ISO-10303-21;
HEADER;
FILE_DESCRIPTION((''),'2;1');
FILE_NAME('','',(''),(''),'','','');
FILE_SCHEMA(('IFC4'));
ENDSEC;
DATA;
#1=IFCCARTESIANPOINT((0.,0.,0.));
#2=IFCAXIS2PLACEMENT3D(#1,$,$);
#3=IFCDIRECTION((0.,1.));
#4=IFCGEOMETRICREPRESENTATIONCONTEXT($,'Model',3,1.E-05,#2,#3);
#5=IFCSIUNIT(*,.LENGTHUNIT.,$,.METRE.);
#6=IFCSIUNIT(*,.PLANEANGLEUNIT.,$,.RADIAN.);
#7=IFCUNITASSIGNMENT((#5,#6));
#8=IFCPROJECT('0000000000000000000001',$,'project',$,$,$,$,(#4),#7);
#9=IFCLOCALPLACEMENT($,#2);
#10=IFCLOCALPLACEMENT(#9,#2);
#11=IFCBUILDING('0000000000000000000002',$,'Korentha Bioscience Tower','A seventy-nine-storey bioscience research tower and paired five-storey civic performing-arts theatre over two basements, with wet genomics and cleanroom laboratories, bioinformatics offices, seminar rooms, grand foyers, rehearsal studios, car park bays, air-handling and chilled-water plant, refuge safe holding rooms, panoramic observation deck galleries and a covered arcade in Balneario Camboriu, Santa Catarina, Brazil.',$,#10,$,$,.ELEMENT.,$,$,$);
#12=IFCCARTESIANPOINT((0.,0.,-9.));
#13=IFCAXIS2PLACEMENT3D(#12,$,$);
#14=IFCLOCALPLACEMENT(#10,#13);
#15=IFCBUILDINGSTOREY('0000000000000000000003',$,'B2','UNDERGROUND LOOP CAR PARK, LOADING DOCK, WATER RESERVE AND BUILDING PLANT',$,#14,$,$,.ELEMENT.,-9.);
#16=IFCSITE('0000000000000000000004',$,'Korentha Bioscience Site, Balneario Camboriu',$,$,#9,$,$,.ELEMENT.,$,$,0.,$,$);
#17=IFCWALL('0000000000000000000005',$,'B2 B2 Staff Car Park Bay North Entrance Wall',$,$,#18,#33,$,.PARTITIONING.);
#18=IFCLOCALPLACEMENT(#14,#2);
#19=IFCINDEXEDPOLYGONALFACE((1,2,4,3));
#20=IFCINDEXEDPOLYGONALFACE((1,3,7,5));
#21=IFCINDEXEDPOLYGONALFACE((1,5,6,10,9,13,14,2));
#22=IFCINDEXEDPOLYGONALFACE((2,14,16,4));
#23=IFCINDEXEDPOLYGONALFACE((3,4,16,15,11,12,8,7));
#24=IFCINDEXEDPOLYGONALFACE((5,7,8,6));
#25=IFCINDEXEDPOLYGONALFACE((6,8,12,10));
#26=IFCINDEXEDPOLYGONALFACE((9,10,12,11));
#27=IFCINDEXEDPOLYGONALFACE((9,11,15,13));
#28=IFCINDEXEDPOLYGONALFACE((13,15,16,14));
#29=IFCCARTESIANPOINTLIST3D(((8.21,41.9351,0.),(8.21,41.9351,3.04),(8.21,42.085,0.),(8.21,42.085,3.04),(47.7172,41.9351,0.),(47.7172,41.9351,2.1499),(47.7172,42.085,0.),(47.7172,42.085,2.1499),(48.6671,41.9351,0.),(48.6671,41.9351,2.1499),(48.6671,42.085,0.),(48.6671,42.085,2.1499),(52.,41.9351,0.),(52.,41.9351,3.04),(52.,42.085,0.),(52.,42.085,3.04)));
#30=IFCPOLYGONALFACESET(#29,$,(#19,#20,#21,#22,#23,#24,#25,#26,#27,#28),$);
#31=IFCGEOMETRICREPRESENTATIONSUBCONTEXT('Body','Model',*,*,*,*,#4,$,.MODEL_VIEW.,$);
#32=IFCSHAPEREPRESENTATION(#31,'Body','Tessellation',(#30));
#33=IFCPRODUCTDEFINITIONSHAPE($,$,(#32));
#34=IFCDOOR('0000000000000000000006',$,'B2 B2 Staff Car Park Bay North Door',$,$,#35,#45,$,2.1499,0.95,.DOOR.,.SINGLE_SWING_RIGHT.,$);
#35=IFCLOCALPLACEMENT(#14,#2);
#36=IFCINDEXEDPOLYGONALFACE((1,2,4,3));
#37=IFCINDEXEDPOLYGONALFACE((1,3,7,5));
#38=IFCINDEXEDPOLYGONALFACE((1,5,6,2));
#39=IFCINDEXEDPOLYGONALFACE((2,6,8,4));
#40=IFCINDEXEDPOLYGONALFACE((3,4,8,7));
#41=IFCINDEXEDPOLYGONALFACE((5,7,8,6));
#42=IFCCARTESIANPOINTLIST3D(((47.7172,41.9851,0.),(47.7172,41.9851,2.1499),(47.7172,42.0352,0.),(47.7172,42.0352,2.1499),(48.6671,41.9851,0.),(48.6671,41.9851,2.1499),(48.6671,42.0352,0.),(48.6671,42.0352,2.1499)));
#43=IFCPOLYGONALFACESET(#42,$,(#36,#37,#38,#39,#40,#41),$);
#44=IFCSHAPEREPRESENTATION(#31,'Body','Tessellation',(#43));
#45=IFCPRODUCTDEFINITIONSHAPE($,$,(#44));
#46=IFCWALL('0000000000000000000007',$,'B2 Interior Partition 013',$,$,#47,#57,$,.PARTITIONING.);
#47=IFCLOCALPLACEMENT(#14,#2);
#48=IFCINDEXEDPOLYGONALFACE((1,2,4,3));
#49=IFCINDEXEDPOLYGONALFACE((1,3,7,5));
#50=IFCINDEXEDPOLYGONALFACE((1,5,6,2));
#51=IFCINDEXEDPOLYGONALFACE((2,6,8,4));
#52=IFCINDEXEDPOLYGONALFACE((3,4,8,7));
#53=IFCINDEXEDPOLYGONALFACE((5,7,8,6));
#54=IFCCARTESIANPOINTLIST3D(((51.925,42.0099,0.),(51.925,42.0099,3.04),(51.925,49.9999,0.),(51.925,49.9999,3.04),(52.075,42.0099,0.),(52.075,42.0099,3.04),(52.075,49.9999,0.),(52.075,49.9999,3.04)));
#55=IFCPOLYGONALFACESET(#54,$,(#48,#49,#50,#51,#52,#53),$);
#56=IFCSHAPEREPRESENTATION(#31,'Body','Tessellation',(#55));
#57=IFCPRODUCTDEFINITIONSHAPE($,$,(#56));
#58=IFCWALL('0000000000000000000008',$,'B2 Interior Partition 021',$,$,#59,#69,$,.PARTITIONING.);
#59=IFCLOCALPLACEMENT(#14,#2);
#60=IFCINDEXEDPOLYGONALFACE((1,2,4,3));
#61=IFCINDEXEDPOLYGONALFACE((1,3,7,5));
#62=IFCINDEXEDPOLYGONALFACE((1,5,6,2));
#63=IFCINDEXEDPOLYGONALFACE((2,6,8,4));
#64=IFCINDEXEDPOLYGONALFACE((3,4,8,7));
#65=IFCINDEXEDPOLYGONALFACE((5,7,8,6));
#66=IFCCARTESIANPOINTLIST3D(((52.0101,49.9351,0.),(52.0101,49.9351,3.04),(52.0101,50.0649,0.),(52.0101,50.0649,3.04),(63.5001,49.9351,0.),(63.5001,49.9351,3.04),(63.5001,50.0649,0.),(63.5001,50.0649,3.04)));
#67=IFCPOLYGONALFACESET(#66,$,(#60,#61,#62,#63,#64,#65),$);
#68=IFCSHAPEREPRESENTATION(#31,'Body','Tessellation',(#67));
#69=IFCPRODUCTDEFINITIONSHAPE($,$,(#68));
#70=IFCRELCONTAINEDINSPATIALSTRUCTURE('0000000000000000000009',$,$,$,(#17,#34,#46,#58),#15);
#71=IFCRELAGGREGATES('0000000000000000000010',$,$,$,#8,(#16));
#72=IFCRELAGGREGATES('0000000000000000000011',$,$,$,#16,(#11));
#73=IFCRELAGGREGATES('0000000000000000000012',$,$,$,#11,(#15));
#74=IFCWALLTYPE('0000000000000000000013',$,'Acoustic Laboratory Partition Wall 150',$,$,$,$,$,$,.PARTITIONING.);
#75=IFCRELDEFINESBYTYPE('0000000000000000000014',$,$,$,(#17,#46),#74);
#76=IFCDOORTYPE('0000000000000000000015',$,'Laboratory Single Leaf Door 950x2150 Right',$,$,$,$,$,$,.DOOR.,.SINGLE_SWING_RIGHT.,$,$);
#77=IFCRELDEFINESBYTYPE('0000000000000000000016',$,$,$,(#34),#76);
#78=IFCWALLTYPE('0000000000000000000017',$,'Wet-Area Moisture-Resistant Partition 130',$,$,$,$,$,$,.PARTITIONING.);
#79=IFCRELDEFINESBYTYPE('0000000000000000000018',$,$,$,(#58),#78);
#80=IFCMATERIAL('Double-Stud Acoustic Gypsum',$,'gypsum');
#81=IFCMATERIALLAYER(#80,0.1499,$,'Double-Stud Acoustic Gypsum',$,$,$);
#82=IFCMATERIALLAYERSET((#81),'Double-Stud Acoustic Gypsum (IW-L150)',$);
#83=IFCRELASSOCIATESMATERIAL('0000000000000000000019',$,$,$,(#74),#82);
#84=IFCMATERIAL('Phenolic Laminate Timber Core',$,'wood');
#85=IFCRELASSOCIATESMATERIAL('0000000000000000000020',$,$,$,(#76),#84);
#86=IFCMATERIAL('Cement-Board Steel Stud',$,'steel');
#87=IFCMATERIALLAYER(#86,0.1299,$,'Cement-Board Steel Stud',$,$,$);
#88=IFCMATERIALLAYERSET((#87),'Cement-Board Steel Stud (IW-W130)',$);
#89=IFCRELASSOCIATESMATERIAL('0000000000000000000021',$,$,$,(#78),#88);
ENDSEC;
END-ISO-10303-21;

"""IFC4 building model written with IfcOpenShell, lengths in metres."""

from ifc_helpers import new_model, si_unit, direction, frame, frame_2d, origin, place, context, subcontext, project, spatial, rectangle, extrude, material, layer, layer_set, type_object, element, fill, save


model = new_model("IFC4")

# Units and contexts
model_context = context("Model", 3, precision=1e-05, world=origin(), true_north=direction((0.0, 1.0)))
body_context = subcontext(model_context, "Body", "Model", "MODEL_VIEW")
ifc_project = project(units=[si_unit("LENGTHUNIT", "METRE"), si_unit("PLANEANGLEUNIT", "RADIAN")], contexts=[model_context])

# Site, building, storey
site_placement = place(None, origin())
site = spatial("IfcSite", under=ifc_project, at=site_placement, Name="Korentha Bioscience Site, Balneario Camboriu", CompositionType="ELEMENT", RefElevation=0.0)
building_placement = place(site_placement, origin())
building = spatial("IfcBuilding", under=site, at=building_placement, Name="Korentha Bioscience Tower", Description="A seventy-nine-storey bioscience research tower and paired five-storey civic performing-arts theatre over two basements, with wet genomics and cleanroom laboratories, bioinformatics offices, seminar rooms, grand foyers, rehearsal studios, car park bays, air-handling and chilled-water plant, refuge safe holding rooms, panoramic observation deck galleries and a covered arcade in Balneario Camboriu, Santa Catarina, Brazil.", CompositionType="ELEMENT")
storey_placement = place(building_placement, frame((0.0, 0.0, -9.0)))
storey = spatial("IfcBuildingStorey", under=building, at=storey_placement, Name="B2", Description="UNDERGROUND LOOP CAR PARK, LOADING DOCK, WATER RESERVE AND BUILDING PLANT", CompositionType="ELEMENT", Elevation=-9.0)

# Wall, opening, door
ifc_material_1 = material(Name="Double-Stud Acoustic Gypsum", Category="gypsum")
ifc_layer_1 = layer(ifc_material_1, 0.1499, Name="Double-Stud Acoustic Gypsum")
ifc_layer_set_1 = layer_set([ifc_layer_1], Name="Double-Stud Acoustic Gypsum (IW-L150)")
wall_type_1 = type_object("IfcWallType", Name="Acoustic Laboratory Partition Wall 150", PredefinedType="PARTITIONING", material=ifc_layer_set_1)
wall_1_placement = place(storey_placement, frame((52.0, 42.01, 0.0), z_axis=(0.0, 0.0, 1.0), x_axis=(-1.0, 0.0, 0.0)))
wall_1 = element("IfcWall", 1, at=wall_1_placement, inside=storey, type_object=wall_type_1, Name="B2 B2 Staff Car Park Bay North Entrance Wall", PredefinedType="PARTITIONING", context=body_context, shape_type="SweptSolid", body=[
    extrude(rectangle(XDim=43.79, YDim=0.1499, at=frame_2d((21.895, 0.0))), origin(), (0.0, 0.0, 1.0), 3.04),
])
opening_placement = place(wall_1_placement, frame((3.3328, 0.0, 0.0)))
opening = element("IfcOpeningElement", 2, at=opening_placement, cuts=wall_1, PredefinedType="OPENING", context=body_context, shape_type="SweptSolid", body=[
    extrude(rectangle(XDim=0.95, YDim=2.1499, at=frame_2d((0.4751, 1.075))), frame((0.0, 0.0898, 0.0), z_axis=(0.0, -1.0, 0.0), x_axis=(1.0, 0.0, 0.0)), (0.0, 0.0, 1.0), 0.1797),
])
ifc_material_2 = material(Name="Phenolic Laminate Timber Core", Category="wood")
door_type = type_object("IfcDoorType", Name="Laboratory Single Leaf Door 950x2150 Right", OperationType="SINGLE_SWING_RIGHT", PredefinedType="DOOR", material=ifc_material_2)
door_placement = place(opening_placement, origin())
door = element("IfcDoor", 3, at=door_placement, inside=storey, type_object=door_type, Name="B2 B2 Staff Car Park Bay North Door", OperationType="SINGLE_SWING_RIGHT", OverallHeight=2.1499, OverallWidth=0.95, PredefinedType="DOOR", context=body_context, shape_type="SweptSolid", body=[
    extrude(rectangle(XDim=0.95, YDim=2.1499, at=frame_2d((0.4751, 1.075))), frame((0.0, 0.0249, 0.0), z_axis=(0.0, -1.0, 0.0), x_axis=(1.0, 0.0, 0.0)), (0.0, 0.0, 1.0), 0.05),
])
fill(opening, door)

# Walls
wall_2_placement = place(storey_placement, frame((52.0, 50.0, 0.0), z_axis=(0.0, 0.0, 1.0), x_axis=(0.0, -1.0, 0.0)))
element("IfcWall", 4, at=wall_2_placement, inside=storey, type_object=wall_type_1, Name="B2 Interior Partition 013", PredefinedType="PARTITIONING", context=body_context, shape_type="SweptSolid", body=[
    extrude(rectangle(XDim=7.99, YDim=0.1499, at=frame_2d((3.9951, 0.0))), origin(), (0.0, 0.0, 1.0), 3.04),
])
ifc_material_3 = material(Name="Cement-Board Steel Stud", Category="steel")
ifc_layer_2 = layer(ifc_material_3, 0.1299, Name="Cement-Board Steel Stud")
ifc_layer_set_2 = layer_set([ifc_layer_2], Name="Cement-Board Steel Stud (IW-W130)")
wall_type_2 = type_object("IfcWallType", Name="Wet-Area Moisture-Resistant Partition 130", PredefinedType="PARTITIONING", material=ifc_layer_set_2)
wall_3_placement = place(storey_placement, frame((52.01, 50.0, 0.0), z_axis=(0.0, 0.0, 1.0), x_axis=(1.0, 0.0, 0.0)))
element("IfcWall", 5, at=wall_3_placement, inside=storey, type_object=wall_type_2, Name="B2 Interior Partition 021", PredefinedType="PARTITIONING", context=body_context, shape_type="SweptSolid", body=[
    extrude(rectangle(XDim=11.49, YDim=0.1299, at=frame_2d((5.7451, 0.0))), origin(), (0.0, 0.0, 1.0), 3.04),
])

save(model, "model.ifc")
